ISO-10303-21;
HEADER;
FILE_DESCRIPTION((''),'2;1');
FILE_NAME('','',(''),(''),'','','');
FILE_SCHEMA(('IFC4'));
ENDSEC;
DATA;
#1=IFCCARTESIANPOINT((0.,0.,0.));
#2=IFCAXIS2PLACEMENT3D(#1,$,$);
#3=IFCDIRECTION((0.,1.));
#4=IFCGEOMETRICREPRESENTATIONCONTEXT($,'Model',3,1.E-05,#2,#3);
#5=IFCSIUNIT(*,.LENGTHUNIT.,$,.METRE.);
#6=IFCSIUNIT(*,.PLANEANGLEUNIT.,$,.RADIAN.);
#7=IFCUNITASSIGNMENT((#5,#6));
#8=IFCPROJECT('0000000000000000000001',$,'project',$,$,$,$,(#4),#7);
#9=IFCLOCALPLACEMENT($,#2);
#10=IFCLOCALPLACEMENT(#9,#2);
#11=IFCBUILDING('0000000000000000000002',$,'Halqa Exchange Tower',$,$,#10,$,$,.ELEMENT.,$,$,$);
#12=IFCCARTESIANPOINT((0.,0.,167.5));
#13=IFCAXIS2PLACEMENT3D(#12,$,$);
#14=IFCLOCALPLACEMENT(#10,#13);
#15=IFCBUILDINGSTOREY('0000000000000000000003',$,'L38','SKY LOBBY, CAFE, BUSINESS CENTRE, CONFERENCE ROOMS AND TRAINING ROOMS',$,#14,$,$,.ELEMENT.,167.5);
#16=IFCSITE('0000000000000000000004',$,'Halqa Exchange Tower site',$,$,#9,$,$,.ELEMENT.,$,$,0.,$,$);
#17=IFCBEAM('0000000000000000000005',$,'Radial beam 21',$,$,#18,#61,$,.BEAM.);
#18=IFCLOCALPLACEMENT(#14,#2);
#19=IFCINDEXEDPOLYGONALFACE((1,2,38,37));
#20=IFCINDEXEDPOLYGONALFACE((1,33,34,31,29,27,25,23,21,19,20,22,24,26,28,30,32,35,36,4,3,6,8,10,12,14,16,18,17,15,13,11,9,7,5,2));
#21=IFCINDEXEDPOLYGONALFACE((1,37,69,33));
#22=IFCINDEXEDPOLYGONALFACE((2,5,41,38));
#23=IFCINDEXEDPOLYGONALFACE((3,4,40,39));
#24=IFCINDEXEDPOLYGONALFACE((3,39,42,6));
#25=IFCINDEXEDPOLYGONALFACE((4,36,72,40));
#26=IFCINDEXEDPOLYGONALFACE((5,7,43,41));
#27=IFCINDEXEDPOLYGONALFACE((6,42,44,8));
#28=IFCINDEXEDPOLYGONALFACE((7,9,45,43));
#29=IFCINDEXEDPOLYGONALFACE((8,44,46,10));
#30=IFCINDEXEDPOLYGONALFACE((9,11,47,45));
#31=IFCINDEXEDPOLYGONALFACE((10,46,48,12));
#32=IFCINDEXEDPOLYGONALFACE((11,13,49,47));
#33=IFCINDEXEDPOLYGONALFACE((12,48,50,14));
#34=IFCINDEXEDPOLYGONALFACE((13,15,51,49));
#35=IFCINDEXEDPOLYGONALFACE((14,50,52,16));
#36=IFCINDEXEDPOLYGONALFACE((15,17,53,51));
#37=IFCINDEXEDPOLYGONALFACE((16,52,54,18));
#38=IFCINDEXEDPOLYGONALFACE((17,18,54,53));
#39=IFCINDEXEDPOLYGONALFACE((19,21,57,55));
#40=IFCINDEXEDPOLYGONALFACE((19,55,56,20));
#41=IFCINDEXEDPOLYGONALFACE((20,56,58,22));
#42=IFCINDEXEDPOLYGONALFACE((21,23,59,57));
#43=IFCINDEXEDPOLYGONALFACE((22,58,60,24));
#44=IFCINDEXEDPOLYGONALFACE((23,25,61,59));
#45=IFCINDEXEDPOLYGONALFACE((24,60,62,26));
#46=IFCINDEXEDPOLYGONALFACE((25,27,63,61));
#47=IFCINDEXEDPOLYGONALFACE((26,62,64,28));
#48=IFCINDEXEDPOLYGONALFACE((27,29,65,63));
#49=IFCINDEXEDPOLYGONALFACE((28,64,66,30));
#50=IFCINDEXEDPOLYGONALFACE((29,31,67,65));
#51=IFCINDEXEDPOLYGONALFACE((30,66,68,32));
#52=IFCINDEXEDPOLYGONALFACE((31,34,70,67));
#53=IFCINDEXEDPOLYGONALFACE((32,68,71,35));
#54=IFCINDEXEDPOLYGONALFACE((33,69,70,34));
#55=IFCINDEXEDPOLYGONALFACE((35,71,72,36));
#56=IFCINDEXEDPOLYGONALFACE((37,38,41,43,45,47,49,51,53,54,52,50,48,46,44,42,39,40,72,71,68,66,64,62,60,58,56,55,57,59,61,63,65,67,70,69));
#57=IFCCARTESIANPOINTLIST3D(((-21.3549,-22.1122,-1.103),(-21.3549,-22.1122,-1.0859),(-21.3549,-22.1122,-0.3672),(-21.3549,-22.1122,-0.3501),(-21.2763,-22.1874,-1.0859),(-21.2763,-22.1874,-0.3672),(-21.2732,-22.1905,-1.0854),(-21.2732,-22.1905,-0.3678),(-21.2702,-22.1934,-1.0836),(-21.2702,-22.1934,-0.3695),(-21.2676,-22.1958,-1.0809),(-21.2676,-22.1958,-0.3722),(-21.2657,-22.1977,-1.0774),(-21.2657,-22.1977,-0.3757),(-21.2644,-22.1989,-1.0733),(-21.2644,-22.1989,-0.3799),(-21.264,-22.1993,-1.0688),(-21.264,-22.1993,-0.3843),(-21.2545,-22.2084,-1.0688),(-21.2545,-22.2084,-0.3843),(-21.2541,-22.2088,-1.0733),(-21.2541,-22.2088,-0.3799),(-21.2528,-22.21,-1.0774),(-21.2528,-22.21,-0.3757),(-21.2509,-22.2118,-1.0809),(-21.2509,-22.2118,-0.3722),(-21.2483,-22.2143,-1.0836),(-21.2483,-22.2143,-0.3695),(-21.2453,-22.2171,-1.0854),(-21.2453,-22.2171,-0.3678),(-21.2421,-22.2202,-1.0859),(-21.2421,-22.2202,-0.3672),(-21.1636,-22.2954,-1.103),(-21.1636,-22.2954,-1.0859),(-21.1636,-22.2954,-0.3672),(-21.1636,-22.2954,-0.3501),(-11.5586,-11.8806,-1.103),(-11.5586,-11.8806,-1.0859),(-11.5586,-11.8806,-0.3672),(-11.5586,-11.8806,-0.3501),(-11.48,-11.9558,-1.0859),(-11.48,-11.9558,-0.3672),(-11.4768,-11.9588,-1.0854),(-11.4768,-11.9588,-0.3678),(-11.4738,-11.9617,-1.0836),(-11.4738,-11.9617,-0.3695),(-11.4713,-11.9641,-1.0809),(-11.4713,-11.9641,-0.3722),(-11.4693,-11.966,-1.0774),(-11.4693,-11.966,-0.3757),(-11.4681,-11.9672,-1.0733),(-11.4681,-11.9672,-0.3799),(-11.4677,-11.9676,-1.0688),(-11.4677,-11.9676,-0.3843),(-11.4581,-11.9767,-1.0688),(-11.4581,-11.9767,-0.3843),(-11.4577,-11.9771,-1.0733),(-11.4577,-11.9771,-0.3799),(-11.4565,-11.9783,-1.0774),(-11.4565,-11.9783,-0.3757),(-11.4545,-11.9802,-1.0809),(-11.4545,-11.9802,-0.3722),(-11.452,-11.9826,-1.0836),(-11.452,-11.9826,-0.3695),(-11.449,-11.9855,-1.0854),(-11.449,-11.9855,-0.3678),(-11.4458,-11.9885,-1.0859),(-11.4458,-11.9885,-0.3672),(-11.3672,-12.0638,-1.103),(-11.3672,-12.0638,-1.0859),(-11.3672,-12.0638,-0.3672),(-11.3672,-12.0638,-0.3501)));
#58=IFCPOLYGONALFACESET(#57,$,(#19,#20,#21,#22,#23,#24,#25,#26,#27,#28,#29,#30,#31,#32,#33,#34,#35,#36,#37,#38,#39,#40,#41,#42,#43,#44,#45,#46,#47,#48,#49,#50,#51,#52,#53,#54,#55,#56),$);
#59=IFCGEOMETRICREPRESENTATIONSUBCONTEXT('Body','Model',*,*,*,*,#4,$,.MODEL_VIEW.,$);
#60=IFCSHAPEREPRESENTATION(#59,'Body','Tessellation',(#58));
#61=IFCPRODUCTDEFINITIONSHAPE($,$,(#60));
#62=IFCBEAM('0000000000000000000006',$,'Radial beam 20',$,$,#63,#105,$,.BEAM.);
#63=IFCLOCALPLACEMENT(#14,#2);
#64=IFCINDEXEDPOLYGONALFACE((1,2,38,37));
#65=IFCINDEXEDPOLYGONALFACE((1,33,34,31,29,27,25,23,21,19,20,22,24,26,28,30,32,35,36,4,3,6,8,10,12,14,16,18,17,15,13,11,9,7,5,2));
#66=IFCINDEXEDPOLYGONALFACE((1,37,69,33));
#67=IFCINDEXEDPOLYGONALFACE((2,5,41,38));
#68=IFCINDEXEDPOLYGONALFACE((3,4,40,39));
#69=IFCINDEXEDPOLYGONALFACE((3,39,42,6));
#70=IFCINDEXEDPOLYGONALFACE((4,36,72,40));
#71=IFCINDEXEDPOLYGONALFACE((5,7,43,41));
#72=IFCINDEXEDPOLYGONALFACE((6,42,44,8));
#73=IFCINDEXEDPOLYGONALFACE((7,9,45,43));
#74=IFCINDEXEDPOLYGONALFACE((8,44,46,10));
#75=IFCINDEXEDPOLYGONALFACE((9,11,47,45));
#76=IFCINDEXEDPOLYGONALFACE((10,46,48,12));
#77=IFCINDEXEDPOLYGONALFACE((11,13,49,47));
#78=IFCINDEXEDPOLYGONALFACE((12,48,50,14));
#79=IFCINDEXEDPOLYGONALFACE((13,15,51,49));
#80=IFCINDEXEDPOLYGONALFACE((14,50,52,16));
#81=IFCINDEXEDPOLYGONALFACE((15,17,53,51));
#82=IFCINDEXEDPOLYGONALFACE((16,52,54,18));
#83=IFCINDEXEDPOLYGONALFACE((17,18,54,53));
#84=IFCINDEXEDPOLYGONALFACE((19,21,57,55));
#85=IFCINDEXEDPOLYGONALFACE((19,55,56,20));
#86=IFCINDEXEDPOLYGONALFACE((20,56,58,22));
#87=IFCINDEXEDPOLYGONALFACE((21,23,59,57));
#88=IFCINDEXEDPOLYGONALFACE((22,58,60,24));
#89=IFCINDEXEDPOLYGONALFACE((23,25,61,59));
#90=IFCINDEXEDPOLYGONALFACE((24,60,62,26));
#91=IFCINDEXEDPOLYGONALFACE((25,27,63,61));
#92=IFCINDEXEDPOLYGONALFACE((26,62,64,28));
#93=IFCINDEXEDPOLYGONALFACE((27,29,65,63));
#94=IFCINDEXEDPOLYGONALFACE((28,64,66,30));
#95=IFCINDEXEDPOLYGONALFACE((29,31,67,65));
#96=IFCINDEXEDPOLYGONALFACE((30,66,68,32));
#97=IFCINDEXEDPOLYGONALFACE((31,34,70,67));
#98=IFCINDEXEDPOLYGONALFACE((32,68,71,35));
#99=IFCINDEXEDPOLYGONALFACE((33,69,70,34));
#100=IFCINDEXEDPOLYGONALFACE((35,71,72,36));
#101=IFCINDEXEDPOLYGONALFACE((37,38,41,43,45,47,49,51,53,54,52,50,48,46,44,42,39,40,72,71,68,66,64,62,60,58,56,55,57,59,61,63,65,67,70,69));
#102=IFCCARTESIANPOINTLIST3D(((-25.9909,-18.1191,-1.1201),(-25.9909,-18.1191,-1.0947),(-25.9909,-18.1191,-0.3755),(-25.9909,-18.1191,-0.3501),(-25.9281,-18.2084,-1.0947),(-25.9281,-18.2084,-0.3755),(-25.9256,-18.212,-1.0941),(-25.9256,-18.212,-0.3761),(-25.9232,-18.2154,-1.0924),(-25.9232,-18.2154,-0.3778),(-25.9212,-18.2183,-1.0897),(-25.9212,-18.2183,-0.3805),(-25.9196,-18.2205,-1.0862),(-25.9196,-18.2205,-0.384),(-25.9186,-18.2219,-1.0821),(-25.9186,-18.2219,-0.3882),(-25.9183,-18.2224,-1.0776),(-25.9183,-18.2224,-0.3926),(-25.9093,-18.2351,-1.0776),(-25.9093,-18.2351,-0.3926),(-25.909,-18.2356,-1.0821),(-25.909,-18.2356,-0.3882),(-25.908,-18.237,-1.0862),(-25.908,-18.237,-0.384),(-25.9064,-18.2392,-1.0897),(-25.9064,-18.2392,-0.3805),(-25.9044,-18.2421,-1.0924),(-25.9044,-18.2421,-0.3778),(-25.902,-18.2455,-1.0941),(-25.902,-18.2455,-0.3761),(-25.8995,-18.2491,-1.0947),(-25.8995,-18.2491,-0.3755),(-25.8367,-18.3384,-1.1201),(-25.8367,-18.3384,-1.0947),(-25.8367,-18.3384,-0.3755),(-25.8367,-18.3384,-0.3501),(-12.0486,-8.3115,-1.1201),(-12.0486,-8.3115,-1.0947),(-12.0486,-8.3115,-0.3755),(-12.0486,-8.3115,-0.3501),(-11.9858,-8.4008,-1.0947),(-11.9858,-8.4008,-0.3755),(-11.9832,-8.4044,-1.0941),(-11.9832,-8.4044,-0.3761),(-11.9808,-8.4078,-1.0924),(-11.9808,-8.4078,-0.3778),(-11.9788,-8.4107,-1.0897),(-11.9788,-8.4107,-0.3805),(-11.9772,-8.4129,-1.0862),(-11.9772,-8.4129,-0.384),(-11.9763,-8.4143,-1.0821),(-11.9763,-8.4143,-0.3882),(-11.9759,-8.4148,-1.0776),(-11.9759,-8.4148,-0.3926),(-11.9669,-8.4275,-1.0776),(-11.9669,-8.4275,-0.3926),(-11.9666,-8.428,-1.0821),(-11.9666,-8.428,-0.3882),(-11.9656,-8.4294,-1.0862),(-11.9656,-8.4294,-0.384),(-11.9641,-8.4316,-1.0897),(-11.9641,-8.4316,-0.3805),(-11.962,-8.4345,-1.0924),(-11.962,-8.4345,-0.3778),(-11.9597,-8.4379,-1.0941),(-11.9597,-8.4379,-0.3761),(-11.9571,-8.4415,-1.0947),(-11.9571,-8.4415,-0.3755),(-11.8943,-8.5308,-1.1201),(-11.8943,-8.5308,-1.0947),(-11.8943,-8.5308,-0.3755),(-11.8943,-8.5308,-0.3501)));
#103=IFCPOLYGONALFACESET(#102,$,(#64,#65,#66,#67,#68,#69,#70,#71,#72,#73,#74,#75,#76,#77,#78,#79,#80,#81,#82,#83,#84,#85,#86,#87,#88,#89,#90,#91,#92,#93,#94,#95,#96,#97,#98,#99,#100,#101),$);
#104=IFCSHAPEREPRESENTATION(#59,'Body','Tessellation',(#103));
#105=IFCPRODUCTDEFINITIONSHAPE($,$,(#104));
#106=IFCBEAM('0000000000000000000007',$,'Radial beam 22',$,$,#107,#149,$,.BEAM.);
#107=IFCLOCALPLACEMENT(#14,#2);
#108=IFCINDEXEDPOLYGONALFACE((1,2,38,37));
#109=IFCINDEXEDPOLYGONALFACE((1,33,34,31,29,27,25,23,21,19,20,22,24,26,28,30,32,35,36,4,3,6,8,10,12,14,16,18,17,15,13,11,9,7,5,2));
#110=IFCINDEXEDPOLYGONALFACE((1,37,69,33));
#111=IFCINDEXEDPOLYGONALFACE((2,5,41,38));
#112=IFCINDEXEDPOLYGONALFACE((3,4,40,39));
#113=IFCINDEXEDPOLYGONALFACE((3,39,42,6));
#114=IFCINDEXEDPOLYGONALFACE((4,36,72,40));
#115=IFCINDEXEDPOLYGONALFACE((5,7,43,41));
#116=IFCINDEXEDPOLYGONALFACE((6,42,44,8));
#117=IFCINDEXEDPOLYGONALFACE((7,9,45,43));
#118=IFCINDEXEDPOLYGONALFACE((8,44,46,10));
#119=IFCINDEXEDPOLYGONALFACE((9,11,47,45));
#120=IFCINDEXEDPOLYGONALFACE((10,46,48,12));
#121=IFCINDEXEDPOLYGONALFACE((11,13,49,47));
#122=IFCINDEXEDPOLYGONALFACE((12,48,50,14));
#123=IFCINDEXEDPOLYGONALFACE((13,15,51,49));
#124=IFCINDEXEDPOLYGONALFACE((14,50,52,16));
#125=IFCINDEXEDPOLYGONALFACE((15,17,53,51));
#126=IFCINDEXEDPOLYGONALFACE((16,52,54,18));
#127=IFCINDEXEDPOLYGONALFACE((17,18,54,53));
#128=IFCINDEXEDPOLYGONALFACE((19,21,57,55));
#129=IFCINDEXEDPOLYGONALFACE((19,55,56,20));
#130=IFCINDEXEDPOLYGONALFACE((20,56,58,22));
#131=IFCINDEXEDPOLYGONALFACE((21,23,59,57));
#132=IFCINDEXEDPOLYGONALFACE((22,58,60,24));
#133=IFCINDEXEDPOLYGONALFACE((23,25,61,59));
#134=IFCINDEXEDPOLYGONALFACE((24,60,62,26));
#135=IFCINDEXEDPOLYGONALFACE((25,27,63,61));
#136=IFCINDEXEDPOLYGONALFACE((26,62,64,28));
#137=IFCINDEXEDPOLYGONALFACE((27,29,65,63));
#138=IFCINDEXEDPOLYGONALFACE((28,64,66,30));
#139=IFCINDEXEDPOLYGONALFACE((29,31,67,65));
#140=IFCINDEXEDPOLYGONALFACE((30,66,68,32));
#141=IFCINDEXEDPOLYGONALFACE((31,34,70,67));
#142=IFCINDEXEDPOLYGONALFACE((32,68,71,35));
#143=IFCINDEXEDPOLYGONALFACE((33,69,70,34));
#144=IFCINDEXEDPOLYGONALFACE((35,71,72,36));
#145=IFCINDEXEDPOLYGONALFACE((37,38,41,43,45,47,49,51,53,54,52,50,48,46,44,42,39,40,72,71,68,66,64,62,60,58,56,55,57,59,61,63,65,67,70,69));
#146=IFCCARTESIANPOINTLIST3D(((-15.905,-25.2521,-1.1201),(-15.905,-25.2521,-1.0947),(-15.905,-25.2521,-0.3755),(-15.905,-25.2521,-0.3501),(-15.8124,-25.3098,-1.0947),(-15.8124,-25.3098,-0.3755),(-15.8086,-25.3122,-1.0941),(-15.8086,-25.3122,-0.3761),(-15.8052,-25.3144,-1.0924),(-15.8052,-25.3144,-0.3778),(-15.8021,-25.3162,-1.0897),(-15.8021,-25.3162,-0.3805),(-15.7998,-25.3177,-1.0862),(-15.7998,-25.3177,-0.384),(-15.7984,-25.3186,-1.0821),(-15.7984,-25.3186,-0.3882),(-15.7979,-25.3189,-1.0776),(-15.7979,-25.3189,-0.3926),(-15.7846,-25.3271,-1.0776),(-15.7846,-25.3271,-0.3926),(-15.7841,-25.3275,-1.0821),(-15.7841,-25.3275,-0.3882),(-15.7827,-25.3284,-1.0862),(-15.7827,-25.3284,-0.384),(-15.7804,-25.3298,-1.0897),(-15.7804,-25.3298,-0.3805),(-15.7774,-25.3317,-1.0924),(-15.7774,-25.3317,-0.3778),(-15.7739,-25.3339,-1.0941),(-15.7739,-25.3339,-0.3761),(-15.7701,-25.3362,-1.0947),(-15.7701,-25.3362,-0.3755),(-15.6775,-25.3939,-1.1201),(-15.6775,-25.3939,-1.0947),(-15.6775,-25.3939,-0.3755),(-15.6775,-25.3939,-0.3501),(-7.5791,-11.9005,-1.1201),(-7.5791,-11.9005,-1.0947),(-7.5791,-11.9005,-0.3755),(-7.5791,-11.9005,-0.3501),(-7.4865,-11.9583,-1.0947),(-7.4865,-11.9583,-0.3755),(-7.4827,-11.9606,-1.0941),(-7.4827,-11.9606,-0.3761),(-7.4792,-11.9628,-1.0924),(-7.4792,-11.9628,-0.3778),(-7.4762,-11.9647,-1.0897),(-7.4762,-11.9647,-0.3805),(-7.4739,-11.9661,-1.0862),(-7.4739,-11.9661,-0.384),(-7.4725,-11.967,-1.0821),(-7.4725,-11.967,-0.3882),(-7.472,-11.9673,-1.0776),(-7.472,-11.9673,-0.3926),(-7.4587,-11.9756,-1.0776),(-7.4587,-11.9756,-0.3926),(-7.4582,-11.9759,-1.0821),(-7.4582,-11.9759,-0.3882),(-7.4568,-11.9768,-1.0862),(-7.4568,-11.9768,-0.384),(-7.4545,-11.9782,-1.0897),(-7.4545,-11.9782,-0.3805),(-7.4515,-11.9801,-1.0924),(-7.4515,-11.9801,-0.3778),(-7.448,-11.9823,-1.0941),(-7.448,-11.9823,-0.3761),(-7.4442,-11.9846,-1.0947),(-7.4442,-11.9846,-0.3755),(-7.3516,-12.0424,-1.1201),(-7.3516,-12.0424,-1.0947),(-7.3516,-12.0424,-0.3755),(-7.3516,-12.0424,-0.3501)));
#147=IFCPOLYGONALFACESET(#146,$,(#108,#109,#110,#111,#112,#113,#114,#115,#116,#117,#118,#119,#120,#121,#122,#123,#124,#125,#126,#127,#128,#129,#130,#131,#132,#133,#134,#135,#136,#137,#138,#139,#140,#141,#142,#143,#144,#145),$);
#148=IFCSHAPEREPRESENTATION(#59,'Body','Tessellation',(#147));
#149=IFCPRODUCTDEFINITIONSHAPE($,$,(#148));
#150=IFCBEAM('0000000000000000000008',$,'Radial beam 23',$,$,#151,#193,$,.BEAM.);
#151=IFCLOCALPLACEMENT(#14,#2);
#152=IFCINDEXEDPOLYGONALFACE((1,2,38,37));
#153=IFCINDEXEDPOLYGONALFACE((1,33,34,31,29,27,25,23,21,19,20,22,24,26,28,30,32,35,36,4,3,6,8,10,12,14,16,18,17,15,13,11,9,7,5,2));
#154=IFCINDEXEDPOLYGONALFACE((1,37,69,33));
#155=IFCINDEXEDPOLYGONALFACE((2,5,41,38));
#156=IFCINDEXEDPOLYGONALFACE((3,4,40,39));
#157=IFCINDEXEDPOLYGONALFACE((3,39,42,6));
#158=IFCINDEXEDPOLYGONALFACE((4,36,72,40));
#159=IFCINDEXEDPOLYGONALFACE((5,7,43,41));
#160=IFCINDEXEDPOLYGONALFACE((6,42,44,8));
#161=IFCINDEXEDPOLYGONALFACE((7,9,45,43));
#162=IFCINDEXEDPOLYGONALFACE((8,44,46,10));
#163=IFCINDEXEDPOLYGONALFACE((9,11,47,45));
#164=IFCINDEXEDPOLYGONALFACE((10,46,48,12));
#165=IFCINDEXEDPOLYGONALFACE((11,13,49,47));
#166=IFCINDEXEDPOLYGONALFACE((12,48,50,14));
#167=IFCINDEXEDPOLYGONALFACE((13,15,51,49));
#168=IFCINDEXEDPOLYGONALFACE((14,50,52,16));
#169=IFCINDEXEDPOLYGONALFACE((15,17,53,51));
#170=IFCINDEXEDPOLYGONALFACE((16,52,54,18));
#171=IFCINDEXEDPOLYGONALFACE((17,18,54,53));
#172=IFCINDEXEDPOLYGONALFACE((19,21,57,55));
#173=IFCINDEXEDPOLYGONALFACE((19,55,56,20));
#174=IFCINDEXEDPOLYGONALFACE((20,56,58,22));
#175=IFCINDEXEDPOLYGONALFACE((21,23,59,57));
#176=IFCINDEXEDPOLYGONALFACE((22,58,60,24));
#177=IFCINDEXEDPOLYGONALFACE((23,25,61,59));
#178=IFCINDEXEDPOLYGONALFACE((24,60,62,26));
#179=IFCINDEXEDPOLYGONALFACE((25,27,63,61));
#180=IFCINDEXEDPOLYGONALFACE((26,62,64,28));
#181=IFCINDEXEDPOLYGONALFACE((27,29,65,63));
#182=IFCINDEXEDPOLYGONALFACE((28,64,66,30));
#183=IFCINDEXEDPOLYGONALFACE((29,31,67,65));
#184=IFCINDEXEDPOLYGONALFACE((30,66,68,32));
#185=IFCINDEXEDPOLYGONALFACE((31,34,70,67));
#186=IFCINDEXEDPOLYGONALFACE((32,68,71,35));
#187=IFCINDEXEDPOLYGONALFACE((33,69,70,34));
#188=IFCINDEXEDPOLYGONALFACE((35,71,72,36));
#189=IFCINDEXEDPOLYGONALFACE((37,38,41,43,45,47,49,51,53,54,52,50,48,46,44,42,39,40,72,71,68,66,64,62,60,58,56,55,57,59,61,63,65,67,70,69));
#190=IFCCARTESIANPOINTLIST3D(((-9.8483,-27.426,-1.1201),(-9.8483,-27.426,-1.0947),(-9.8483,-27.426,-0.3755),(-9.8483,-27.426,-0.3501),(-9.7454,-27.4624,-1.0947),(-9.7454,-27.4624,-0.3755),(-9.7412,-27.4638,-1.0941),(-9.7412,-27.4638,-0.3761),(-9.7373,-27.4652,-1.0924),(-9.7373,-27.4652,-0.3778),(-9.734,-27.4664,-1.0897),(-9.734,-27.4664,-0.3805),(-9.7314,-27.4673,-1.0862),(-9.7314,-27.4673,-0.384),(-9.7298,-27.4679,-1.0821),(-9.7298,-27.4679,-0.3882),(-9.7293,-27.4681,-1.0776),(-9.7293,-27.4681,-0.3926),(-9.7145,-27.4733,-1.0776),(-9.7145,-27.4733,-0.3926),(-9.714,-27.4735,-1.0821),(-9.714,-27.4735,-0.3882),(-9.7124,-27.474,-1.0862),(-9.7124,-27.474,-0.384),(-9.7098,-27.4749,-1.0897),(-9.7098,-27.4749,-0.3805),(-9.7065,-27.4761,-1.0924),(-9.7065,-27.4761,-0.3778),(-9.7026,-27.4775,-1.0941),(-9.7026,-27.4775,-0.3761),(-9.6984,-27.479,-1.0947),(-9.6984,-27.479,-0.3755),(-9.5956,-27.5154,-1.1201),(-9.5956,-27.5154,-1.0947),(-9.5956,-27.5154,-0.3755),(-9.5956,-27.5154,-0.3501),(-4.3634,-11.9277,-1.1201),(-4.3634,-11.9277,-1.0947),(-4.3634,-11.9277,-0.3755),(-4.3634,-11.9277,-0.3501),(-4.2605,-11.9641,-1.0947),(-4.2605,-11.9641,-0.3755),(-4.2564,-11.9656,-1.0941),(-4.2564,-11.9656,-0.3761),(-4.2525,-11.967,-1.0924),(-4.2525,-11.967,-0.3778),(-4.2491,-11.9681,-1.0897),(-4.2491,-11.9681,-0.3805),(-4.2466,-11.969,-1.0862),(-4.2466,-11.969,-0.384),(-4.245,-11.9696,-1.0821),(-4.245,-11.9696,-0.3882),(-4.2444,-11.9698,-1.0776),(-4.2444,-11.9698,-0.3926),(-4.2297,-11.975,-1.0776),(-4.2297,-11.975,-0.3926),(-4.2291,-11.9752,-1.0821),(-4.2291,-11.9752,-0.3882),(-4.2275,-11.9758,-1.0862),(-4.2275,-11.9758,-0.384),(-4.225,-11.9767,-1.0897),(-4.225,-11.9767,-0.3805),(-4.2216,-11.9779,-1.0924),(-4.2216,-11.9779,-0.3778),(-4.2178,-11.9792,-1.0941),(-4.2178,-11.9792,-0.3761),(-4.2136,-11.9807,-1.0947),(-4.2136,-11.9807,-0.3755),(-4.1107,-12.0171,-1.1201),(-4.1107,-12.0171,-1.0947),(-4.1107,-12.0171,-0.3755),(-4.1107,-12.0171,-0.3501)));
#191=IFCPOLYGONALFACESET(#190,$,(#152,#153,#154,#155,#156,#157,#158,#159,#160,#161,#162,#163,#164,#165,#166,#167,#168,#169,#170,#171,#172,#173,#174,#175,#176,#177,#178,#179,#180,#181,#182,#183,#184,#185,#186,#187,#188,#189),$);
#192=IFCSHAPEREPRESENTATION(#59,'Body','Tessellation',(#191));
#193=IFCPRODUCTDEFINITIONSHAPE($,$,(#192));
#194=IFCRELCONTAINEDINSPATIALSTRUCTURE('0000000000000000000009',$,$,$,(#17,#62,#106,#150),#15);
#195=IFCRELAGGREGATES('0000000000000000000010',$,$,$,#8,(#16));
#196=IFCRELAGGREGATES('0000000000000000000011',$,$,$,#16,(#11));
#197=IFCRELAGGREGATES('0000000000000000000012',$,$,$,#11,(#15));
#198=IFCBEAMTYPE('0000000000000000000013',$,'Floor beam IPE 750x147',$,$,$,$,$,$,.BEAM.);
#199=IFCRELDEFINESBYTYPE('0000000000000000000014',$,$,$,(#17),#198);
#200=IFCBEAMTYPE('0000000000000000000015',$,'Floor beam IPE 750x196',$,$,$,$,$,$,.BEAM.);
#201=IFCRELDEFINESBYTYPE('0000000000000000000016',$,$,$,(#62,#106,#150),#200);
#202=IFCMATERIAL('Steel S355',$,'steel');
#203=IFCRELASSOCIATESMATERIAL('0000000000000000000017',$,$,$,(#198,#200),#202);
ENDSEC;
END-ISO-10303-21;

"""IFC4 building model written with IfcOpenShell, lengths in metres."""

from ifc_helpers import new_model, si_unit, direction, frame, origin, origin_2d, place, context, subcontext, project, spatial, i_section, extrude, material, material_profile, profile_set, type_object, element, save


model = new_model("IFC4")

# Units and contexts
model_context = context("Model", 3, precision=1e-05, world=origin(), true_north=direction((0.0, 1.0)))
body_context = subcontext(model_context, "Body", "Model", "MODEL_VIEW")
ifc_project = project(units=[si_unit("LENGTHUNIT", "METRE"), si_unit("PLANEANGLEUNIT", "RADIAN")], contexts=[model_context])

# Site, building, storey
site_placement = place(None, origin())
site = spatial("IfcSite", under=ifc_project, at=site_placement, Name="Halqa Exchange Tower site", CompositionType="ELEMENT", RefElevation=0.0)
building_placement = place(site_placement, origin())
building = spatial("IfcBuilding", under=site, at=building_placement, Name="Halqa Exchange Tower", CompositionType="ELEMENT")
storey_placement = place(building_placement, frame((0.0, 0.0, 167.5)))
storey = spatial("IfcBuildingStorey", under=building, at=storey_placement, Name="L38", Description="SKY LOBBY, CAFE, BUSINESS CENTRE, CONFERENCE ROOMS AND TRAINING ROOMS", CompositionType="ELEMENT", Elevation=167.5)

# Beams
ifc_material_1 = material(Name="Steel S355", Category="steel")
ifc_material_profile_1 = material_profile(ifc_material_1, i_section(OverallWidth=0.2649, OverallDepth=0.7529, WebThickness=0.0132, FlangeThickness=0.0171, FilletRadius=0.0171, at=origin_2d()), Name="IPE 750x147")
ifc_profile_set_1 = profile_set([ifc_material_profile_1], Name="Steel S355")
beam_type_1 = type_object("IfcBeamType", Name="Floor beam IPE 750x147", PredefinedType="BEAM", material=ifc_profile_set_1)
beam_1_placement = place(storey_placement, frame((-11.4629, -11.9722, -0.7266), z_axis=(-0.691575, -0.722305, 0.0), x_axis=(0.722305, -0.691575, 0.0)))
element("IfcBeam", 1, at=beam_1_placement, inside=storey, type_object=beam_type_1, Name="Radial beam 21", PredefinedType="BEAM", context=body_context, shape_type="SweptSolid", body=[
    extrude(i_section(OverallWidth=0.2649, OverallDepth=0.7529, WebThickness=0.0132, FlangeThickness=0.0171, FilletRadius=0.0171, at=origin_2d()), origin(), (0.0, 0.0, 1.0), 14.1653),
])
ifc_material_profile_2 = material_profile(ifc_material_1, i_section(OverallWidth=0.2681, OverallDepth=0.77, WebThickness=0.0156, FlangeThickness=0.0254, FilletRadius=0.0171, at=origin_2d()), Name="IPE 750x196")
ifc_profile_set_2 = profile_set([ifc_material_profile_2], Name="Steel S355")
beam_type_2 = type_object("IfcBeamType", Name="Floor beam IPE 750x196", PredefinedType="BEAM", material=ifc_profile_set_2)
beam_2_placement = place(storey_placement, frame((-11.9714, -8.4211, -0.7351), z_axis=(-0.817908, -0.575349, 0.0), x_axis=(0.575349, -0.817908, 0.0)))
element("IfcBeam", 2, at=beam_2_placement, inside=storey, type_object=beam_type_2, Name="Radial beam 20", PredefinedType="BEAM", context=body_context, shape_type="SweptSolid", body=[
    extrude(i_section(OverallWidth=0.2681, OverallDepth=0.77, WebThickness=0.0156, FlangeThickness=0.0254, FilletRadius=0.0171, at=origin_2d()), origin(), (0.0, 0.0, 1.0), 17.0464),
])
beam_3_placement = place(storey_placement, frame((-7.4653, -11.9714, -0.7351), z_axis=(-0.52914, -0.848535, 0.0), x_axis=(0.848535, -0.52914, 0.0)))
element("IfcBeam", 3, at=beam_3_placement, inside=storey, type_object=beam_type_2, Name="Radial beam 22", PredefinedType="BEAM", context=body_context, shape_type="SweptSolid", body=[
    extrude(i_section(OverallWidth=0.2681, OverallDepth=0.77, WebThickness=0.0156, FlangeThickness=0.0254, FilletRadius=0.0171, at=origin_2d()), origin(), (0.0, 0.0, 1.0), 15.7349),
])
beam_4_placement = place(storey_placement, frame((-4.2371, -11.9724, -0.7351), z_axis=(-0.333625, -0.942706, 0.0), x_axis=(0.942706, -0.333625, 0.0)))
element("IfcBeam", 4, at=beam_4_placement, inside=storey, type_object=beam_type_2, Name="Radial beam 23", PredefinedType="BEAM", context=body_context, shape_type="SweptSolid", body=[
    extrude(i_section(OverallWidth=0.2681, OverallDepth=0.77, WebThickness=0.0156, FlangeThickness=0.0254, FilletRadius=0.0171, at=origin_2d()), origin(), (0.0, 0.0, 1.0), 16.4402),
])

save(model, "model.ifc")
